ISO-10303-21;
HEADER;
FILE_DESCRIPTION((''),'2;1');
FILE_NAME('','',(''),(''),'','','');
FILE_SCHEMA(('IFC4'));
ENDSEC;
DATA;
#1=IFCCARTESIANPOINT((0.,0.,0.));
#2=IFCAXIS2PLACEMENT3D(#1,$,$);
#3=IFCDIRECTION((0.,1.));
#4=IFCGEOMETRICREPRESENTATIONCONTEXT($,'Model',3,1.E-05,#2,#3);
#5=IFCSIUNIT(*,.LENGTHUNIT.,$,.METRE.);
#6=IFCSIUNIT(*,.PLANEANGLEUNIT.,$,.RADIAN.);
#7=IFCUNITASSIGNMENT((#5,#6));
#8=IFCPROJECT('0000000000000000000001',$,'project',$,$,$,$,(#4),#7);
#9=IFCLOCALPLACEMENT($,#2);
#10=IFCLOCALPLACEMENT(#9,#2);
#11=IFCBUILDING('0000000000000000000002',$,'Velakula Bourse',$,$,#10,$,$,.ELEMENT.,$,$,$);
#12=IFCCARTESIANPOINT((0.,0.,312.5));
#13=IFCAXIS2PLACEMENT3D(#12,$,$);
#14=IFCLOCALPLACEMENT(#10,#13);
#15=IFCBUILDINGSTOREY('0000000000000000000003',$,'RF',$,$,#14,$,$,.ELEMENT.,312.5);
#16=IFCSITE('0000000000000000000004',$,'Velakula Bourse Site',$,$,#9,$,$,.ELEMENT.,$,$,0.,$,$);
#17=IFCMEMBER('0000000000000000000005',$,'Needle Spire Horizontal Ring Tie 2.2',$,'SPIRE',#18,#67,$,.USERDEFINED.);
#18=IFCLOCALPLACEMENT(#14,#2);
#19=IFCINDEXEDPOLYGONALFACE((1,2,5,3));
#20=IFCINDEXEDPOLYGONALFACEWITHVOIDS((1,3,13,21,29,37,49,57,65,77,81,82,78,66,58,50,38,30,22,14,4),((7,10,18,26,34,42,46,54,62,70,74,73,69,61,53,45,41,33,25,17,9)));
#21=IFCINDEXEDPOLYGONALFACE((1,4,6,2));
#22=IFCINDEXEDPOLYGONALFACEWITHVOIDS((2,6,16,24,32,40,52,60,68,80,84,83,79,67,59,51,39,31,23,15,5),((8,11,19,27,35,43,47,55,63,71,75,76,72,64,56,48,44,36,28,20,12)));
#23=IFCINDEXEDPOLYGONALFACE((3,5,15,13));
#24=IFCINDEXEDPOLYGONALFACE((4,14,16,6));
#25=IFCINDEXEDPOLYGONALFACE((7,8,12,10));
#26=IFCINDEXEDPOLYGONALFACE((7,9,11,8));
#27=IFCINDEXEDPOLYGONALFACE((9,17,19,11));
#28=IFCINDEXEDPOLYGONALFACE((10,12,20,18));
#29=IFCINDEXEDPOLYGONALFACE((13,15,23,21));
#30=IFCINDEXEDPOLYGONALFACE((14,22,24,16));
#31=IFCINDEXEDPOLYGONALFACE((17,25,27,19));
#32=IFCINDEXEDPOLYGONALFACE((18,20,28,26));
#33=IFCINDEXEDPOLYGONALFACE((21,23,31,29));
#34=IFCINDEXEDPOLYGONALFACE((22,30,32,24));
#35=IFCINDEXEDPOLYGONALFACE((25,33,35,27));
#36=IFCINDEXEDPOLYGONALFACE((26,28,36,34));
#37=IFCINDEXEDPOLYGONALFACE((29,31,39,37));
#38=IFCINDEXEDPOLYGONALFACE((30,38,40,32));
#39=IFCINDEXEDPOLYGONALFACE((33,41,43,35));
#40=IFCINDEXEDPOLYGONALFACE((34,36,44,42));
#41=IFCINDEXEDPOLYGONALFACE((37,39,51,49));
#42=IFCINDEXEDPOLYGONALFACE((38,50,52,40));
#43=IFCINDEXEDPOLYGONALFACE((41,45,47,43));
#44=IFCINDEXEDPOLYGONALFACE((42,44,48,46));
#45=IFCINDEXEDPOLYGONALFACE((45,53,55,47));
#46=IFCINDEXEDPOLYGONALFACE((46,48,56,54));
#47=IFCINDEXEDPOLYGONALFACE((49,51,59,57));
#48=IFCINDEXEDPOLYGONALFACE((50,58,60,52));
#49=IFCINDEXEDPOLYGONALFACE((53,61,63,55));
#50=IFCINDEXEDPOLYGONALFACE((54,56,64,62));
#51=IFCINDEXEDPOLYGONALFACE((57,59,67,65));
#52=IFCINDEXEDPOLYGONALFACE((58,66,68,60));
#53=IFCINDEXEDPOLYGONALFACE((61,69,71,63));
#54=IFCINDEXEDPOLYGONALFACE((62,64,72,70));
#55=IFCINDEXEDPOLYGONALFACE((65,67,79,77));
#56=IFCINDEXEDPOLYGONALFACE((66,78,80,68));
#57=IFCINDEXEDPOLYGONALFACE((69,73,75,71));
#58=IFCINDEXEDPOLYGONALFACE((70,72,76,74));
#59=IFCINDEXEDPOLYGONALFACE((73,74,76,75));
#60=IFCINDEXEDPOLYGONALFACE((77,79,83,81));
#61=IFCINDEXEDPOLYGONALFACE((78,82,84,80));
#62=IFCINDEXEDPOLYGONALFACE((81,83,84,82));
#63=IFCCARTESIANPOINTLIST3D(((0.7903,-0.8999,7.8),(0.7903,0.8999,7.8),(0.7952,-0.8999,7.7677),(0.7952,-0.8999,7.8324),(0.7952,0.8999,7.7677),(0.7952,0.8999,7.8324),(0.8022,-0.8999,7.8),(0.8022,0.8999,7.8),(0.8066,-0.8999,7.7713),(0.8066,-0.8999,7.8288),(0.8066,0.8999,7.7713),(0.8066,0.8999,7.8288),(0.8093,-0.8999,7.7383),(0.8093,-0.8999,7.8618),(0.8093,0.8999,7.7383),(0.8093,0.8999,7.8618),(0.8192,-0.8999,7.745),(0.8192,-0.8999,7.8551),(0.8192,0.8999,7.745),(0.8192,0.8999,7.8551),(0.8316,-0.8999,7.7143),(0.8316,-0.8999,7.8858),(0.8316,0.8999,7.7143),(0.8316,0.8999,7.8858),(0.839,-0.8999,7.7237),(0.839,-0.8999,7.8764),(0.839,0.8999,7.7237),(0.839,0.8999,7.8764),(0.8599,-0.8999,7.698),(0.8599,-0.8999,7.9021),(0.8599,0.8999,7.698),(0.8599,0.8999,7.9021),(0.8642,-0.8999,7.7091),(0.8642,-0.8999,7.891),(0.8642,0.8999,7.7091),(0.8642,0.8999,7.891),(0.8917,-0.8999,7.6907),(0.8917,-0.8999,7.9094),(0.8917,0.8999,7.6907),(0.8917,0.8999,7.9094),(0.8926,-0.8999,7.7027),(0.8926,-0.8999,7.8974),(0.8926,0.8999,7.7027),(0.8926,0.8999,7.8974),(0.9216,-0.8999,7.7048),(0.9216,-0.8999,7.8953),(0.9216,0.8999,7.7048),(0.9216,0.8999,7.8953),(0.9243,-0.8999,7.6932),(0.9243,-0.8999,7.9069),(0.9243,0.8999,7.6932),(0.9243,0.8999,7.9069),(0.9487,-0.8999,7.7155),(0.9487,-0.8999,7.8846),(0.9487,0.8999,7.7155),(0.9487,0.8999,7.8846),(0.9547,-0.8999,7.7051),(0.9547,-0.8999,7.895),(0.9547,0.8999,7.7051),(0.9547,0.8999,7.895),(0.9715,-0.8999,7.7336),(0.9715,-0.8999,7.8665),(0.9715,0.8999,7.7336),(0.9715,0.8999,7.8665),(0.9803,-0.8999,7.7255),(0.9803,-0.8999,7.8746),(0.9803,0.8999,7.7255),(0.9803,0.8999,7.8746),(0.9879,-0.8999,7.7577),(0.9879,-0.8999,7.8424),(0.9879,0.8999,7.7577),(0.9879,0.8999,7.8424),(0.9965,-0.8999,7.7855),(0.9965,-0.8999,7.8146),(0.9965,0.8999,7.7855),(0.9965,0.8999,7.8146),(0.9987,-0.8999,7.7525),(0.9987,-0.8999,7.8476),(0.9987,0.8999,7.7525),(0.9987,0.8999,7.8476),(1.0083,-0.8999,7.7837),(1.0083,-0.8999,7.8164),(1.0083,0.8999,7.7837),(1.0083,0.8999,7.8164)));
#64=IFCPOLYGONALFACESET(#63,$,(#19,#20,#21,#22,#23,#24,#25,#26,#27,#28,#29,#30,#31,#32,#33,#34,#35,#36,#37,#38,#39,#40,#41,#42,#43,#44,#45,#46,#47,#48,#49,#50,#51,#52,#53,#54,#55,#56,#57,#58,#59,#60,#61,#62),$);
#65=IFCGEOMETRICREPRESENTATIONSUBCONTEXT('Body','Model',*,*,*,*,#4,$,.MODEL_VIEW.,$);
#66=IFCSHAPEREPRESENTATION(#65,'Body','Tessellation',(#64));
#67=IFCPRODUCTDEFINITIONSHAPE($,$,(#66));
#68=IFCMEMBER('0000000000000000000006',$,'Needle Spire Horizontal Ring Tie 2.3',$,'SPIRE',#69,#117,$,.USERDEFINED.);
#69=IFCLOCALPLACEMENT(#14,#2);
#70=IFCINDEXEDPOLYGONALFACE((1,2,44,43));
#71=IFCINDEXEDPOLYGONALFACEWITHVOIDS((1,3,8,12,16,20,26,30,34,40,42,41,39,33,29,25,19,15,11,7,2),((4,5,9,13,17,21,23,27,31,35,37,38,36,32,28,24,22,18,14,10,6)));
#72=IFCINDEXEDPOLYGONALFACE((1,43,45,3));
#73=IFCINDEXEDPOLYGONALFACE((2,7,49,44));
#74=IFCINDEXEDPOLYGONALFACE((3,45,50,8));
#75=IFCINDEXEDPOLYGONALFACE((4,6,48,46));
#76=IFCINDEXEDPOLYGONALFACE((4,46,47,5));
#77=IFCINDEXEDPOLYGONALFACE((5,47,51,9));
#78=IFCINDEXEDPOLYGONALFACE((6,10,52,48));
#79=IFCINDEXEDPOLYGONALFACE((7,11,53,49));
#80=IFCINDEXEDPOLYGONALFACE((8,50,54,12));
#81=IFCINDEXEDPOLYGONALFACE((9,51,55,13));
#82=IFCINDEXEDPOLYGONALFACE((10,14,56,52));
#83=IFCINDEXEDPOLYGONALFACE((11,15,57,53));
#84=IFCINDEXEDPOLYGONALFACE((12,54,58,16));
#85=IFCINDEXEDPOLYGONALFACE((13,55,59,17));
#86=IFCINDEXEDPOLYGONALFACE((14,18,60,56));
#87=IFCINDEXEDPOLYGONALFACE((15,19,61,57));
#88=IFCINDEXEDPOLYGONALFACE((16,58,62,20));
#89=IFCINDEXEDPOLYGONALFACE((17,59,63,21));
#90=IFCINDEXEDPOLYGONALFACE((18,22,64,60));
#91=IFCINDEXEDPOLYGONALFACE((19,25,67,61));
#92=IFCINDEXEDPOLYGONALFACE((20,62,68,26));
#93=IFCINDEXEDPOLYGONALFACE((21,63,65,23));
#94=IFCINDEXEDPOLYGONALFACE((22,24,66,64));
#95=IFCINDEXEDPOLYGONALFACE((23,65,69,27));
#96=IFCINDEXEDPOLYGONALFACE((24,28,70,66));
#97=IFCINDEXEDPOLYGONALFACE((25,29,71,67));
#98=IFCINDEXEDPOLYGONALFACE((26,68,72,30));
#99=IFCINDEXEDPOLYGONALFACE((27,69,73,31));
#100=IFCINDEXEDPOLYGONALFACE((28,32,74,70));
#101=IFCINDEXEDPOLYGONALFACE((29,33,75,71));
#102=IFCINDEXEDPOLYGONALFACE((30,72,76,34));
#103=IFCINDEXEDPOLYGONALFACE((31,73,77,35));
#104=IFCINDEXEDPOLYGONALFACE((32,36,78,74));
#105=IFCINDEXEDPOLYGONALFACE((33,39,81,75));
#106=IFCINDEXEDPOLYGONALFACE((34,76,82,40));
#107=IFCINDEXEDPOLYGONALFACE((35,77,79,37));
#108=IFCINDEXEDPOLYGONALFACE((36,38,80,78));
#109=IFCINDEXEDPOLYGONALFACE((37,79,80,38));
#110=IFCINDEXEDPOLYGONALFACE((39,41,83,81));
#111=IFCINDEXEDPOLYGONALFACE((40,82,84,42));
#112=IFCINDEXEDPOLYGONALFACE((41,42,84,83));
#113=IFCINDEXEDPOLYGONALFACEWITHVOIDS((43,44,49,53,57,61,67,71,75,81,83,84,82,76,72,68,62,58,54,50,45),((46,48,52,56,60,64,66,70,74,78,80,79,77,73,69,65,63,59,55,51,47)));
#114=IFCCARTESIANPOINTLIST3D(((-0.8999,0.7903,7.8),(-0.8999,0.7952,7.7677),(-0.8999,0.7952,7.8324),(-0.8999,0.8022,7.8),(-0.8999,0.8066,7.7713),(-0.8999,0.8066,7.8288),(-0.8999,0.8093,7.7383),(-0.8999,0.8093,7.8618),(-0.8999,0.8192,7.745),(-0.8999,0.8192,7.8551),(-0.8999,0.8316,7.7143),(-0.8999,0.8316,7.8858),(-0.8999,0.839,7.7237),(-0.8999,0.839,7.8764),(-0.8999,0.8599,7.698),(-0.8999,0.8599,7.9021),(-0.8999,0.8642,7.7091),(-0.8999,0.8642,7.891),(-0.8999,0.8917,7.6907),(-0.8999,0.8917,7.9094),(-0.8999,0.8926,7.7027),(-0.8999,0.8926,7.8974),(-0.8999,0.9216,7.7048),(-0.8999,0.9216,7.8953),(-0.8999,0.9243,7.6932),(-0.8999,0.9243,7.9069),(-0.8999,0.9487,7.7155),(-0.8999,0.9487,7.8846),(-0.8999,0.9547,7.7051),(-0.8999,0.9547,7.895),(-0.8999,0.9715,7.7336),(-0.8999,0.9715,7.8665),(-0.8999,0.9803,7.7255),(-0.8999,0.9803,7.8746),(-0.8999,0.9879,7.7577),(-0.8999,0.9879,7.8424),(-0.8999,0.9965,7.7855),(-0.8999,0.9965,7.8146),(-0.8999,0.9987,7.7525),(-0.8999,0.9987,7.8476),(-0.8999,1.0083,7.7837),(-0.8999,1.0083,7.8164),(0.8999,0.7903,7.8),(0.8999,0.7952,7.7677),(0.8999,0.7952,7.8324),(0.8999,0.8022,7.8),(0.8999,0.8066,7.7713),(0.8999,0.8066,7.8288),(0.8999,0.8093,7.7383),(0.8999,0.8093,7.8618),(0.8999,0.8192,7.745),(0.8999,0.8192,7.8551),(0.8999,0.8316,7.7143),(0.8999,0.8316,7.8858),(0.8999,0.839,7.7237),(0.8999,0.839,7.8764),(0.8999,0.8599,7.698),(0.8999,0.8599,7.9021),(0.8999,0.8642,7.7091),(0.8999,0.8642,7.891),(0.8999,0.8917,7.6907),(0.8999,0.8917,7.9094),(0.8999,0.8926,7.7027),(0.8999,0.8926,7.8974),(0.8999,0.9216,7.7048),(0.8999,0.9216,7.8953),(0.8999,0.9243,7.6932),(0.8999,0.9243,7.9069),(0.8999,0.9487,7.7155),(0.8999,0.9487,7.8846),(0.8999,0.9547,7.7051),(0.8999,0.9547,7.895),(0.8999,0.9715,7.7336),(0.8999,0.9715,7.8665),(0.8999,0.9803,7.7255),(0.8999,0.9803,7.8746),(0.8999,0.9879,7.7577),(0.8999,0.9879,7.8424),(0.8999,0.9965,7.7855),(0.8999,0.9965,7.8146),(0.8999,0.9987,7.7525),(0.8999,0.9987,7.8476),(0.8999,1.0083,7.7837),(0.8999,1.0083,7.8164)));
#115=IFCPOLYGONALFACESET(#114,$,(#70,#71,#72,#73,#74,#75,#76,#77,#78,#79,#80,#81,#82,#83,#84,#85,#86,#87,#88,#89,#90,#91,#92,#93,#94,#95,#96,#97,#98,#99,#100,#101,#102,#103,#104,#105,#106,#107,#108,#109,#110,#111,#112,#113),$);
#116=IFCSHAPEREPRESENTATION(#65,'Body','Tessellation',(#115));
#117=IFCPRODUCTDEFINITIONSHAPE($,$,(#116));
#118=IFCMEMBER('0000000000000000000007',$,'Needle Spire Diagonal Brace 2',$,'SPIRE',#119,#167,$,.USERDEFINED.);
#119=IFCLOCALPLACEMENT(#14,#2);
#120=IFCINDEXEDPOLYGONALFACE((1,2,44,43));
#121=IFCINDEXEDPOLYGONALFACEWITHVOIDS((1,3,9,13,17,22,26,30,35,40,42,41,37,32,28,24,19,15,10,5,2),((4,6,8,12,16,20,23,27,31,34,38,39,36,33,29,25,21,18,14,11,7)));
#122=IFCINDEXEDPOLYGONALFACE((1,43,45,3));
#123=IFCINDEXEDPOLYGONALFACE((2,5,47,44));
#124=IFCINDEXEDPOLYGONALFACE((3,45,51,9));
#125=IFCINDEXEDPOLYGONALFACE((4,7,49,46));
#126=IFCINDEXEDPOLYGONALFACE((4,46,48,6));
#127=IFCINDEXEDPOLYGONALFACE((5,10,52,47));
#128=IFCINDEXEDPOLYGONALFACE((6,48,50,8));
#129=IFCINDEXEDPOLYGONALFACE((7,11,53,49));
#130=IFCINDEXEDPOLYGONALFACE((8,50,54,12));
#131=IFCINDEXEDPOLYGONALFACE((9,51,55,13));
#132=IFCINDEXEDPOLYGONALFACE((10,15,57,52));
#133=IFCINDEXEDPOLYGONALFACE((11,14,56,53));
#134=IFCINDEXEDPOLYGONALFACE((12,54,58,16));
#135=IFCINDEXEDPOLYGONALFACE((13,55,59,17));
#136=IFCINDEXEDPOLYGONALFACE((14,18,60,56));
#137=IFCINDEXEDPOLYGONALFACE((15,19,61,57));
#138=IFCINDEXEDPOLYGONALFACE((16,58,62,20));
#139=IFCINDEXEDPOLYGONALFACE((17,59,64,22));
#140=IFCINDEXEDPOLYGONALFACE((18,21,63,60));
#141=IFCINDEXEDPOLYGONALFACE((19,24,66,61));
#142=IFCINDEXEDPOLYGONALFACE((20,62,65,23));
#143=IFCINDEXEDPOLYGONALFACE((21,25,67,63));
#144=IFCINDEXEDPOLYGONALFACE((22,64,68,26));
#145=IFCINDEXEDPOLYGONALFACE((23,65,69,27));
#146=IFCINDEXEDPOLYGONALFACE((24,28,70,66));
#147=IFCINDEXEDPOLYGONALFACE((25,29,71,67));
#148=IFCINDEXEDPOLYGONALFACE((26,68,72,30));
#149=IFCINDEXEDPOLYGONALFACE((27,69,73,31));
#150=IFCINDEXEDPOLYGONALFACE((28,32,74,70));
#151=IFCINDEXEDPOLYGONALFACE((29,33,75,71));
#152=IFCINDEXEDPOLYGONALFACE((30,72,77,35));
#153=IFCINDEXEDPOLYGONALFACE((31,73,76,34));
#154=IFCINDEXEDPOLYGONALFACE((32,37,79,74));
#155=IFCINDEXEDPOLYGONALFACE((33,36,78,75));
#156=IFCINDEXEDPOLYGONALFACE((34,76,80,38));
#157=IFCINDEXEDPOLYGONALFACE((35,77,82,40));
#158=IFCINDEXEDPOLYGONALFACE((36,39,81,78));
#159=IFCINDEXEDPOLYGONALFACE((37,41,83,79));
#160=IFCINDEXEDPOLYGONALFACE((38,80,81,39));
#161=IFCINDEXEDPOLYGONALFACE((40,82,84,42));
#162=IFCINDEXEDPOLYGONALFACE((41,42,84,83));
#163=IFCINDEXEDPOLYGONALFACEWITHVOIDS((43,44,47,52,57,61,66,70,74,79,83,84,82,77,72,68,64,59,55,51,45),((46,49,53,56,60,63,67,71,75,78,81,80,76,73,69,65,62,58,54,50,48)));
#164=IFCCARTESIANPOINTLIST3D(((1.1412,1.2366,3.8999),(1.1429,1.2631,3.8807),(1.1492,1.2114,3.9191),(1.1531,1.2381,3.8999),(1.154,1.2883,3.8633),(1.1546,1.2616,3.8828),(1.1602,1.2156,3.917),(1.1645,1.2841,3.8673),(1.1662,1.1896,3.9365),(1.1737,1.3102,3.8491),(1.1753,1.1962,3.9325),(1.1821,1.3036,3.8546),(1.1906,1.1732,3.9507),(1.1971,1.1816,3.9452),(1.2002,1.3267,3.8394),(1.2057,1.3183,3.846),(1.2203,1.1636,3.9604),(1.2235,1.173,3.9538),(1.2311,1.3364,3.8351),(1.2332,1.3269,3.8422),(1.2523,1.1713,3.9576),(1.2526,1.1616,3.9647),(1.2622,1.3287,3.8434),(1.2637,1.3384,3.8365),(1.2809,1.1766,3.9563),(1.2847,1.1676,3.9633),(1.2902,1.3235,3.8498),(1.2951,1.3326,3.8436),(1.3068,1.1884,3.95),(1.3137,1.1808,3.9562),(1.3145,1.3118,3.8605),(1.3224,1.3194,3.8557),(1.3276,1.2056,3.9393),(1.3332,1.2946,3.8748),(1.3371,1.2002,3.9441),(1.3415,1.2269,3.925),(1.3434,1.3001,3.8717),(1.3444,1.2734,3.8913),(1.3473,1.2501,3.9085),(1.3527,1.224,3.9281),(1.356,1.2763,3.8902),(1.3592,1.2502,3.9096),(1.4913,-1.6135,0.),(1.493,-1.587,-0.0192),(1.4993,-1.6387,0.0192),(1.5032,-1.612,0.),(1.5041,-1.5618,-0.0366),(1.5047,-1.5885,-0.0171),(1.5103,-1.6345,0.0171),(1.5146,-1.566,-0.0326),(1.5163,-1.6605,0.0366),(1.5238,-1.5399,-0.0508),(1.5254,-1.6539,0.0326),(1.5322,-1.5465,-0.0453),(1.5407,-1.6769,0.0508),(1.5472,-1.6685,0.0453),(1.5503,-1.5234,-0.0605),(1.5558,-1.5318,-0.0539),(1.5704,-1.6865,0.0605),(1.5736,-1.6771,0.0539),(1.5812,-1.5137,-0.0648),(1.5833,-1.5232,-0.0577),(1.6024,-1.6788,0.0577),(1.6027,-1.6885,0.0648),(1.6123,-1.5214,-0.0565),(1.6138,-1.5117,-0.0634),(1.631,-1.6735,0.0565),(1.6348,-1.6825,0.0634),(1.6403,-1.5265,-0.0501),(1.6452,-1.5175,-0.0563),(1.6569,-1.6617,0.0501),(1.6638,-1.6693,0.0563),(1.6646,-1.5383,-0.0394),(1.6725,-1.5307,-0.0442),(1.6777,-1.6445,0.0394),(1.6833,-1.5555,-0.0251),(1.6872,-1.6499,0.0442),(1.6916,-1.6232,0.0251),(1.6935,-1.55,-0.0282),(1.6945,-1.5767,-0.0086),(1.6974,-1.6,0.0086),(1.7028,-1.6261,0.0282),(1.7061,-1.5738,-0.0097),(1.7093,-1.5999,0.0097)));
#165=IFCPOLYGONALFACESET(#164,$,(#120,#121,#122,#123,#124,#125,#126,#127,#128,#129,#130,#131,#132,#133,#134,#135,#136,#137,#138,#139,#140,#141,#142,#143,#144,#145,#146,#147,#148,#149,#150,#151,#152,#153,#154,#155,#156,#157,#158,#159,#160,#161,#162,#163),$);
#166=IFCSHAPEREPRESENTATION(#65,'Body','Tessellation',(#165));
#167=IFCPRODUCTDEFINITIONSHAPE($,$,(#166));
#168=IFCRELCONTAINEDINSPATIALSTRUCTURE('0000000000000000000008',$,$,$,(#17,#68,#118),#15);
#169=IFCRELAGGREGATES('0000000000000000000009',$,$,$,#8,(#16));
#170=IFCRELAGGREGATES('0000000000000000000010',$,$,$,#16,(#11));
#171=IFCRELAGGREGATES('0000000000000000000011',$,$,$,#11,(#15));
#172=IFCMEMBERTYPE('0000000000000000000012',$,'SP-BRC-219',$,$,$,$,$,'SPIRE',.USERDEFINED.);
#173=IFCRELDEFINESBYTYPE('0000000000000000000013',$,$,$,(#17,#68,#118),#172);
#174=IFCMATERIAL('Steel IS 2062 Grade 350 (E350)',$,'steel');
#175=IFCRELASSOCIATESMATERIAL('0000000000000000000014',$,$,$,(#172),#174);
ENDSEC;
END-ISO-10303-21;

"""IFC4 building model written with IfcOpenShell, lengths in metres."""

from ifc_helpers import new_model, si_unit, direction, frame, origin, origin_2d, place, context, subcontext, project, spatial, hollow_circle, extrude, material, material_profile, profile_set, type_object, element, save


model = new_model("IFC4")

# Units and contexts
model_context = context("Model", 3, precision=1e-05, world=origin(), true_north=direction((0.0, 1.0)))
body_context = subcontext(model_context, "Body", "Model", "MODEL_VIEW")
ifc_project = project(units=[si_unit("LENGTHUNIT", "METRE"), si_unit("PLANEANGLEUNIT", "RADIAN")], contexts=[model_context])

# Site, building, storey
site_placement = place(None, origin())
site = spatial("IfcSite", under=ifc_project, at=site_placement, Name="Velakula Bourse Site", CompositionType="ELEMENT", RefElevation=0.0)
building_placement = place(site_placement, origin())
building = spatial("IfcBuilding", under=site, at=building_placement, Name="Velakula Bourse", CompositionType="ELEMENT")
storey_placement = place(building_placement, frame((0.0, 0.0, 312.5)))
storey = spatial("IfcBuildingStorey", under=building, at=storey_placement, Name="RF", CompositionType="ELEMENT", Elevation=312.5)

# Shared definitions
ifc_material_1 = material(Name="Steel IS 2062 Grade 350 (E350)", Category="steel")

# Members
ifc_material_profile_1 = material_profile(ifc_material_1, hollow_circle(Radius=0.1096, WallThickness=0.012, at=origin_2d()), Name="Steel IS 2062 Grade 350 (E350)")
ifc_profile_set_1 = profile_set([ifc_material_profile_1], Name="Steel IS 2062 Grade 350 (E350)")
member_type_1 = type_object("IfcMemberType", Name="SP-BRC-219", ElementType="SPIRE", PredefinedType="USERDEFINED", material=ifc_profile_set_1)
for number, where, z_axis, x_axis, name in (
    (1, (0.8999, -0.8999, 7.8), (0.0, 1.0, 0.0), (-1.0, 0.0, 0.0), "Needle Spire Horizontal Ring Tie 2.2"),
    (2, (0.8999, 0.8999, 7.8), (-1.0, 0.0, 0.0), (0.0, -1.0, 0.0), "Needle Spire Horizontal Ring Tie 2.3"),
):
    element("IfcMember", number, at=place(storey_placement, frame(where, z_axis=z_axis, x_axis=x_axis)), inside=storey, type_object=member_type_1, Name=name, ObjectType="SPIRE", PredefinedType="USERDEFINED", context=body_context, shape_type="SweptSolid", body=[
        extrude(hollow_circle(Radius=0.1096, WallThickness=0.012, at=origin_2d()), origin(), (0.0, 0.0, 1.0), 1.7998),
    ])
for number, where, z_axis, x_axis, name in (
    (3, (1.6001, -1.6001, 0.0), (-0.072289, 0.588496, 0.805262), (-0.99254, -0.121921, 0.0), "Needle Spire Diagonal Brace 2"),
):
    element("IfcMember", number, at=place(storey_placement, frame(where, z_axis=z_axis, x_axis=x_axis)), inside=storey, type_object=member_type_1, Name=name, ObjectType="SPIRE", PredefinedType="USERDEFINED", context=body_context, shape_type="SweptSolid", body=[
        extrude(hollow_circle(Radius=0.1096, WallThickness=0.012, at=origin_2d()), origin(), (0.0, 0.0, 1.0), 4.843),
    ])

save(model, "model.ifc")
